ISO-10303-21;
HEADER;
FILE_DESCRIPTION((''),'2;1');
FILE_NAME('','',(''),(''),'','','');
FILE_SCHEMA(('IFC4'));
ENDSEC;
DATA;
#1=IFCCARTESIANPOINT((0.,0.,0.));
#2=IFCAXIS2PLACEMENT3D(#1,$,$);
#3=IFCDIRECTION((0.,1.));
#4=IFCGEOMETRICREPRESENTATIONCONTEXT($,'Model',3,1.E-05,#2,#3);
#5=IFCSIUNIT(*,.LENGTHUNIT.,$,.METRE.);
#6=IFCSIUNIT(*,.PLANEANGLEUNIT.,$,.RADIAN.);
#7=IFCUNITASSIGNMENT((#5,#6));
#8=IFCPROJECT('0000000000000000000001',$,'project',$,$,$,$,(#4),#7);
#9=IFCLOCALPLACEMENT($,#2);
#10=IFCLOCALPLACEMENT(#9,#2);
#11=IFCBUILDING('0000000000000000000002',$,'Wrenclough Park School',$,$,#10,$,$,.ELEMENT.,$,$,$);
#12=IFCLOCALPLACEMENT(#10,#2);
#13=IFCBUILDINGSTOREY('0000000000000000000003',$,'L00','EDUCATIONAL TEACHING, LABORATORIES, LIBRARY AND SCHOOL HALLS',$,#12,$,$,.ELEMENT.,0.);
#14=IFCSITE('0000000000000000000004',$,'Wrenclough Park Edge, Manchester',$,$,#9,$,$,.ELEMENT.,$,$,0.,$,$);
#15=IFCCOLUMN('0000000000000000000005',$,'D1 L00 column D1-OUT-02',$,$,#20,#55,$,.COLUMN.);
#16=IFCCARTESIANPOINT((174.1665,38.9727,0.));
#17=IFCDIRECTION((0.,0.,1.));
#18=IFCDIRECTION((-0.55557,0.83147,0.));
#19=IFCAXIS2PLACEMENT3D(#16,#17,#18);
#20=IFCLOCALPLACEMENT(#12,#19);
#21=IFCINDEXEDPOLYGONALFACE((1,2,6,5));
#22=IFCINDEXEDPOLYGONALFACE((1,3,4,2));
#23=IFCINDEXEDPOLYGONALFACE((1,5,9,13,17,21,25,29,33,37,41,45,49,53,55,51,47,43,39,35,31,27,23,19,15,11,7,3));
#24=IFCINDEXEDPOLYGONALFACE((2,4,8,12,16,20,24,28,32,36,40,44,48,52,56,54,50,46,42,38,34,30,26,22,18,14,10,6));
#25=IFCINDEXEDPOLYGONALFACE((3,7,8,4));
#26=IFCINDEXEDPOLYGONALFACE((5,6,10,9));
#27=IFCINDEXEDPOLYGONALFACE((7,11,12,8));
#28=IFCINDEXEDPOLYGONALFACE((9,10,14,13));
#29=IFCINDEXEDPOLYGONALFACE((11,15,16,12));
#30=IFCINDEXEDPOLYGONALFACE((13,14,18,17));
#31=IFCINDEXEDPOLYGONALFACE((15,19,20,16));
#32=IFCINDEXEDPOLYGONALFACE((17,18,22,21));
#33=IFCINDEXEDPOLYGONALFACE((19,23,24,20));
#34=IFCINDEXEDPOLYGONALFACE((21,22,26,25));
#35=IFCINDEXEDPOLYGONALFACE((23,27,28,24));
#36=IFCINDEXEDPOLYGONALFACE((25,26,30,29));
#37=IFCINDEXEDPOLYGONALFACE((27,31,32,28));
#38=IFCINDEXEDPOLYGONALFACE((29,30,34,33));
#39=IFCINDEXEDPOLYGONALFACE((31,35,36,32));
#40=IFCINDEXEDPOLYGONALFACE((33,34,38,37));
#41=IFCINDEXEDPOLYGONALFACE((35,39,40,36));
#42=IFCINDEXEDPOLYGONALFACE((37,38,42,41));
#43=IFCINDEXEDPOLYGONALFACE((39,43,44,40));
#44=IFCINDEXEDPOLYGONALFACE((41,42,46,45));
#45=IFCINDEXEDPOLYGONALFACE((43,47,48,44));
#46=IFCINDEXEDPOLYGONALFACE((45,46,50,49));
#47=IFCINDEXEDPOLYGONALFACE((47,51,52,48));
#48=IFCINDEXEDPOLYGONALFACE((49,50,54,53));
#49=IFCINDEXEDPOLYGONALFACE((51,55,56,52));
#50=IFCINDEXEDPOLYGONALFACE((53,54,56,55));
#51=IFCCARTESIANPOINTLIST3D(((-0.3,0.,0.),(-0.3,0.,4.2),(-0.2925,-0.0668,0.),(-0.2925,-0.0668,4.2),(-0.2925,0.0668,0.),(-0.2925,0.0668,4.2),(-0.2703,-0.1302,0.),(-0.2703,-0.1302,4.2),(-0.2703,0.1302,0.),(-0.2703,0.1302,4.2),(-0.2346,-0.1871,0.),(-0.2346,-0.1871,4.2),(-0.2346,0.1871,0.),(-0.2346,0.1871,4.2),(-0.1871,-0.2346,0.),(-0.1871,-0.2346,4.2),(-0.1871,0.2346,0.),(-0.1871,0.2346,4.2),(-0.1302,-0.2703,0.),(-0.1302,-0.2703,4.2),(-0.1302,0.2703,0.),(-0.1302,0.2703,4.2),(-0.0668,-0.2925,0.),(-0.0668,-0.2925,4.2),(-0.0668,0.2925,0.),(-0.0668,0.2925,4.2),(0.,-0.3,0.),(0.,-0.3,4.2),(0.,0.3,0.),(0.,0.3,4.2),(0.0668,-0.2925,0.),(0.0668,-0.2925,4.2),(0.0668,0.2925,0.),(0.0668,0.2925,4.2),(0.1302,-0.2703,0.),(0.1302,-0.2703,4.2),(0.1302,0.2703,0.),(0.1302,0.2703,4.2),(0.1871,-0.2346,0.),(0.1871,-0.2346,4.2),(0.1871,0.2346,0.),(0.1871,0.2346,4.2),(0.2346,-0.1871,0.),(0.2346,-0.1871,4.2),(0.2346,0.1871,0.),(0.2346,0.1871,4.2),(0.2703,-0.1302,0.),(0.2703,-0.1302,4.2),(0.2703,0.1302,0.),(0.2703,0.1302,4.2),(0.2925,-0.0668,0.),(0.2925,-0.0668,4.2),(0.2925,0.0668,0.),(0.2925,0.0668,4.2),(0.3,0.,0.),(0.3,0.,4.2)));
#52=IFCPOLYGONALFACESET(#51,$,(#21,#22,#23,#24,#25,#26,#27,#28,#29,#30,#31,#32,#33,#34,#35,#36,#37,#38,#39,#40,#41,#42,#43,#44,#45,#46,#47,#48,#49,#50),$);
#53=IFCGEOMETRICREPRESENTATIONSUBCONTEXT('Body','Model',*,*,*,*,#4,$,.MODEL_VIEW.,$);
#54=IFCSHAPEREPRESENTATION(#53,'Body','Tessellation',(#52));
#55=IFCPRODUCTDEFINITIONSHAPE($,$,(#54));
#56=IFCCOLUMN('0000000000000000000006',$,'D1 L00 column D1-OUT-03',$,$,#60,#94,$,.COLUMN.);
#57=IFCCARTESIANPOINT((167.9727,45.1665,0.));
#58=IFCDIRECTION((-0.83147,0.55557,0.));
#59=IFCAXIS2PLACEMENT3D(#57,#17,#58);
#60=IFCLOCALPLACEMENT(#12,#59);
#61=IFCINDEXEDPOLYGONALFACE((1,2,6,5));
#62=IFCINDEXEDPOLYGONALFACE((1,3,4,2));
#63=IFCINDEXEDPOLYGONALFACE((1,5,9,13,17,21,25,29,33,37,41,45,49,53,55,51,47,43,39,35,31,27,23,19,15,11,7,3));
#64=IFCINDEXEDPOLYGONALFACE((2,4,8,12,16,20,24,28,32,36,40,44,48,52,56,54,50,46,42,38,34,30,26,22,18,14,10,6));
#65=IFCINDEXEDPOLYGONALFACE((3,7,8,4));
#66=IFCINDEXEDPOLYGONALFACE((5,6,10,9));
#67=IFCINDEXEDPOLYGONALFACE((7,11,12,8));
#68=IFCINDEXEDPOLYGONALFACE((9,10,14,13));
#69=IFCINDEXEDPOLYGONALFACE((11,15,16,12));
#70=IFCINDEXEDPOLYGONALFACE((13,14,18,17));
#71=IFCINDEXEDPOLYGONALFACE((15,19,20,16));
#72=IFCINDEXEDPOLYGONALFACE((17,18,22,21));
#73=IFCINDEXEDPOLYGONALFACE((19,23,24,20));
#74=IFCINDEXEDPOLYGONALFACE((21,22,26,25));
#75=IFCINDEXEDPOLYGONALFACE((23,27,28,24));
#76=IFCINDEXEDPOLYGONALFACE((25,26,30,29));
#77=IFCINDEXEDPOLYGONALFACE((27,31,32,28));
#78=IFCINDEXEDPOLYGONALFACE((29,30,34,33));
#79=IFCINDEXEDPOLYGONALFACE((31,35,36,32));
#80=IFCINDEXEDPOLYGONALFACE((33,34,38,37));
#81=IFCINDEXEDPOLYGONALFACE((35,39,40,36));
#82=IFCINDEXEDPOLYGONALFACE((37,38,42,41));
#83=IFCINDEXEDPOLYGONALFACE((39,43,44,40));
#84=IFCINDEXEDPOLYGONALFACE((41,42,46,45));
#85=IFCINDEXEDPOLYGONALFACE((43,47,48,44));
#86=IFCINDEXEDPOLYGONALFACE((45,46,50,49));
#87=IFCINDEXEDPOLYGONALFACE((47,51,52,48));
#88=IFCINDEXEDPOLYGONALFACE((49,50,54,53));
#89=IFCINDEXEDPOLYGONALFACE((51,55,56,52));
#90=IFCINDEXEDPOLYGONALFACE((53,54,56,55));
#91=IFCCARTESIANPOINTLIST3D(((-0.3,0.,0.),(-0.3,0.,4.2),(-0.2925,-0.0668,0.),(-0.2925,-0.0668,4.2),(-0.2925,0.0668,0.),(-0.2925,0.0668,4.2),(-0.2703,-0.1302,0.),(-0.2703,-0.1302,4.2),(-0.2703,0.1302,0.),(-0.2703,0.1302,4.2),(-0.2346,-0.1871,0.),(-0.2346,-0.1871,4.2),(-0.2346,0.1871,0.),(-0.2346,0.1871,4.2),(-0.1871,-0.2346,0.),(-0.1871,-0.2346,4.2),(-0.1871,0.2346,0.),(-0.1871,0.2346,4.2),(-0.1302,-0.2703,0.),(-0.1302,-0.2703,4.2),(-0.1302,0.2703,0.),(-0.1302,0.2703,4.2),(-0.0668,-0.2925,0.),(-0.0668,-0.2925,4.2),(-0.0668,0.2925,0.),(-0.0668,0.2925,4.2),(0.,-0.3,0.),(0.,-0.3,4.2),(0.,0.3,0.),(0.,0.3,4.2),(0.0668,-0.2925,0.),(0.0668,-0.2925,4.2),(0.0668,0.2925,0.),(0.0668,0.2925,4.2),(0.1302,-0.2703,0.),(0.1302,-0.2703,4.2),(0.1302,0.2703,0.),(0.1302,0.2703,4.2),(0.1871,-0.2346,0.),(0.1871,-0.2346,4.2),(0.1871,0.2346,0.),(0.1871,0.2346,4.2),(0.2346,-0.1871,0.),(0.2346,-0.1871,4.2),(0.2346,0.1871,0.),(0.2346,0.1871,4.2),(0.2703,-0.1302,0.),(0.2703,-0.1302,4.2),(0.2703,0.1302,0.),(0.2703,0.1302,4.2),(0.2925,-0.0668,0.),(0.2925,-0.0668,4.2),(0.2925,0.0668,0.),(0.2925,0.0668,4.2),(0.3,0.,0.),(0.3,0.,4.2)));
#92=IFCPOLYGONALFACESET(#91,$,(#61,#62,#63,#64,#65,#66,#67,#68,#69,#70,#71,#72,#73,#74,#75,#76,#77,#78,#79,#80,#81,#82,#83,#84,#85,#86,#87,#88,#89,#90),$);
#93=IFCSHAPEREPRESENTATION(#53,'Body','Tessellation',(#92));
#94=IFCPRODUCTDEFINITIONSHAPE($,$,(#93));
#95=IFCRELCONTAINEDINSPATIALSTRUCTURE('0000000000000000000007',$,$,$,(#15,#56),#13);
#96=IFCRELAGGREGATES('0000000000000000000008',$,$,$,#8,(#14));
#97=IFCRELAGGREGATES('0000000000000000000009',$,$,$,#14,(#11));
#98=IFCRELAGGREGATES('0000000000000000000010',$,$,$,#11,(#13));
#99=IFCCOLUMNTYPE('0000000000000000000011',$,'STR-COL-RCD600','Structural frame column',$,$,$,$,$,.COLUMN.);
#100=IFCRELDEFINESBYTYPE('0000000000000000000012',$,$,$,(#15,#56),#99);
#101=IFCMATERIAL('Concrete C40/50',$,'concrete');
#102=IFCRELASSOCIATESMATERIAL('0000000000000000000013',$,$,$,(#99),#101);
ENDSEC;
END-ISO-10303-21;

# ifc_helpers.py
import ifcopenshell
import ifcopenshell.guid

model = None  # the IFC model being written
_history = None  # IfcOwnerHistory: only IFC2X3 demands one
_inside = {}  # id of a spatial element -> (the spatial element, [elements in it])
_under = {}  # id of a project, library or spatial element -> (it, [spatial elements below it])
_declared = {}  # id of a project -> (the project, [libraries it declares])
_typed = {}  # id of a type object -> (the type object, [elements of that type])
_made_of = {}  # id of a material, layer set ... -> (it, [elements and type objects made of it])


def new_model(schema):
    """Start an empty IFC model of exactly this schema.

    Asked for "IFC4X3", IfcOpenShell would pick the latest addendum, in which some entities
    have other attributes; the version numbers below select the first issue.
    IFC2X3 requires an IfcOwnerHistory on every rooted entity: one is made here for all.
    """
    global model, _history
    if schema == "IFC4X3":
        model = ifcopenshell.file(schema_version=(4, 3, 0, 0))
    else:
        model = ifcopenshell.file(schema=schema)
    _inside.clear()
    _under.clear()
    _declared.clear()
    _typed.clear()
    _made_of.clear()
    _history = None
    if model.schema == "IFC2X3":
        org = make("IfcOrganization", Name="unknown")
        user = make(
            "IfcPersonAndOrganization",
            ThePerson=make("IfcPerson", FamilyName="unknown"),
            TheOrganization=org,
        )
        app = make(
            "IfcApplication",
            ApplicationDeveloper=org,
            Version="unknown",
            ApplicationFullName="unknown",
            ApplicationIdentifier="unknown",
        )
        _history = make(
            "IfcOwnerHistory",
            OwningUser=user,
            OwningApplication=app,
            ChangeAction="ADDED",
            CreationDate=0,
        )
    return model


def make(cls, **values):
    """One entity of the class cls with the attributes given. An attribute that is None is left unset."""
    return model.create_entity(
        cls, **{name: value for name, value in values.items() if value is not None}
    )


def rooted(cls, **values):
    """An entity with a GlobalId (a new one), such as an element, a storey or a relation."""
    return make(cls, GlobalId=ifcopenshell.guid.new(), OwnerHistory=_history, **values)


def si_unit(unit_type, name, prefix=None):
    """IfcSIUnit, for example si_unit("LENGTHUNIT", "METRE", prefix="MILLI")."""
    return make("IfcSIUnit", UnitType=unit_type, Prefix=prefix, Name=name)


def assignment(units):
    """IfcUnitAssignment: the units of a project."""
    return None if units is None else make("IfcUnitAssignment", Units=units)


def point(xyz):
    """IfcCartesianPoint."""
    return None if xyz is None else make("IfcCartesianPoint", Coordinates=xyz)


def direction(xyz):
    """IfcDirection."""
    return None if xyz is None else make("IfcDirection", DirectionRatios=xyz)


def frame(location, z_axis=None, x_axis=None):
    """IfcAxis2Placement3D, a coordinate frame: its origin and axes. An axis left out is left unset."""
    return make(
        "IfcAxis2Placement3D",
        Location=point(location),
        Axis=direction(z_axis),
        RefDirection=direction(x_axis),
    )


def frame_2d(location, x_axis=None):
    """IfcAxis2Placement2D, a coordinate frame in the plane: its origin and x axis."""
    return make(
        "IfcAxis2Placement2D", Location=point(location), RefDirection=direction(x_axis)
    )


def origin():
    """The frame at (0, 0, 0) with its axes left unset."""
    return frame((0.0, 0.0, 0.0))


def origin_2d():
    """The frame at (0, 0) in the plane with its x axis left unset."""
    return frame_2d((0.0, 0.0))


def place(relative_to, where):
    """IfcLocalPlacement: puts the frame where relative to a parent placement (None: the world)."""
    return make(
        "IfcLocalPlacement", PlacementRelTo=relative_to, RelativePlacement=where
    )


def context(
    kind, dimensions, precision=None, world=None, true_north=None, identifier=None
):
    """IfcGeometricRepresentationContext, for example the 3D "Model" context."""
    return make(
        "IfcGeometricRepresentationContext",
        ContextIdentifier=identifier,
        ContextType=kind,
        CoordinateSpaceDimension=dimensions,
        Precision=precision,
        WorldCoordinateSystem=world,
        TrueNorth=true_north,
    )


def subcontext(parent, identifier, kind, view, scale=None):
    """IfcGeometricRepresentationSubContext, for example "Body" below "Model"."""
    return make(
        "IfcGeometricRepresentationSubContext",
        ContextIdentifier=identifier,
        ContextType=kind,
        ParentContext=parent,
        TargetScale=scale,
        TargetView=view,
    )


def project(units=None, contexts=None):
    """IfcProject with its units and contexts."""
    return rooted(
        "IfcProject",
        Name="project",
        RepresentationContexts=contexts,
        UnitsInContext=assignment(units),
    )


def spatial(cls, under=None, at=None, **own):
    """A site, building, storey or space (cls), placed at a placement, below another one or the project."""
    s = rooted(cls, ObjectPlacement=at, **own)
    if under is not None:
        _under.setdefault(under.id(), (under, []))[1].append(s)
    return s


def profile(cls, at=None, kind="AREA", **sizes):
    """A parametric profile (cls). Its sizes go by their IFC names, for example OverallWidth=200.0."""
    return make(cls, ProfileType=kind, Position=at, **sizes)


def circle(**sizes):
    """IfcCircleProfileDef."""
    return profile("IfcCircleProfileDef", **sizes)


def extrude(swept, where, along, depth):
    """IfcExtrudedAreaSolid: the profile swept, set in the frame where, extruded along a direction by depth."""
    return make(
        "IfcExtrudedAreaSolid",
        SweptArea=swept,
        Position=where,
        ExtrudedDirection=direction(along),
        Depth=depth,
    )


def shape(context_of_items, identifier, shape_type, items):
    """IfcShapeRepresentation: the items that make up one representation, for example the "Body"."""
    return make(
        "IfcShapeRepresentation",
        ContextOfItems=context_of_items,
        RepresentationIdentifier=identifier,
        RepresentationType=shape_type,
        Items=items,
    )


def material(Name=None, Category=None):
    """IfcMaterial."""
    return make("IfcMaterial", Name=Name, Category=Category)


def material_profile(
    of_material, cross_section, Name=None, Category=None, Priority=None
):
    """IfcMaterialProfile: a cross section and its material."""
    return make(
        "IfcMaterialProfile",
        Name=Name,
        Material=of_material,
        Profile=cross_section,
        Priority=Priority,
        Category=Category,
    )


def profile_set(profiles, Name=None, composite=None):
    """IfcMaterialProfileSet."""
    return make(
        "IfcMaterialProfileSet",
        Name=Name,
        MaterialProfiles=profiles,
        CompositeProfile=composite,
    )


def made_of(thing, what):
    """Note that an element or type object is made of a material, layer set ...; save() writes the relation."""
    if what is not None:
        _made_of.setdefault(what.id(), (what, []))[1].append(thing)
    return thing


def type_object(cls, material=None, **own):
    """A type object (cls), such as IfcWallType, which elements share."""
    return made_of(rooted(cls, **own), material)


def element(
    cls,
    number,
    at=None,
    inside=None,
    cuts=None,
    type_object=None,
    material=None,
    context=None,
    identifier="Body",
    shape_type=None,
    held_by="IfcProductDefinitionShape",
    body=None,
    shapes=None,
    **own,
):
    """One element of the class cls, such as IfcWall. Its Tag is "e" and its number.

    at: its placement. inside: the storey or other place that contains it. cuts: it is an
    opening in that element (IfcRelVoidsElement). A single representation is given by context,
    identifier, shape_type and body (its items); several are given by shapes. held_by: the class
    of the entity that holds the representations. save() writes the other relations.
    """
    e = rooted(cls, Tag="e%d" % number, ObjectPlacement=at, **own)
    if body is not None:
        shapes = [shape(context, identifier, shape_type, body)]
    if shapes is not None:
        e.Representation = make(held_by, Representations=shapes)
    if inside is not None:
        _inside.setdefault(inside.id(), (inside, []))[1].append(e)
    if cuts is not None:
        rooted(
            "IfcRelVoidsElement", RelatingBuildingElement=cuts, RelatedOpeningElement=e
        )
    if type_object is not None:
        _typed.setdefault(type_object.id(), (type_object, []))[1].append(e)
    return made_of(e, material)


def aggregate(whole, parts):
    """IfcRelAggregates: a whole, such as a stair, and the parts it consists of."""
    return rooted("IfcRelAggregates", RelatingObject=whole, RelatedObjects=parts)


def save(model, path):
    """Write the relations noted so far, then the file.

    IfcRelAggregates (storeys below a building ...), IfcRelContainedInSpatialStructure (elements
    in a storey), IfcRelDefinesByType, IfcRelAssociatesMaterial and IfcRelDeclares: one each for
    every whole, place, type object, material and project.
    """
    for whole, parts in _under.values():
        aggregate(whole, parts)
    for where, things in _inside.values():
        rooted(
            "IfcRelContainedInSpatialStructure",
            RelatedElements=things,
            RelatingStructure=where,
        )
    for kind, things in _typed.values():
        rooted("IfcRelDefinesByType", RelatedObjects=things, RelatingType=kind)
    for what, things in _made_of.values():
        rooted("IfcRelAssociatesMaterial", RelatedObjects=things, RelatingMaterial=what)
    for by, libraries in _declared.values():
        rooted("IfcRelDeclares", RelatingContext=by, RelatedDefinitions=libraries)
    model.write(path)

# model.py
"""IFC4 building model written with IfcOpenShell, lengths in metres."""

from ifc_helpers import new_model, si_unit, direction, frame, origin, origin_2d, place, context, subcontext, project, spatial, circle, extrude, material, material_profile, profile_set, type_object, element, save


model = new_model("IFC4")

# Units and contexts
model_context = context("Model", 3, precision=1e-05, world=origin(), true_north=direction((0.0, 1.0)))
body_context = subcontext(model_context, "Body", "Model", "MODEL_VIEW")
ifc_project = project(units=[si_unit("LENGTHUNIT", "METRE"), si_unit("PLANEANGLEUNIT", "RADIAN")], contexts=[model_context])

# Site, building, storey
site_placement = place(None, origin())
site = spatial("IfcSite", under=ifc_project, at=site_placement, Name="Wrenclough Park Edge, Manchester", CompositionType="ELEMENT", RefElevation=0.0)
building_placement = place(site_placement, origin())
building = spatial("IfcBuilding", under=site, at=building_placement, Name="Wrenclough Park School", CompositionType="ELEMENT")
storey_placement = place(building_placement, origin())
storey = spatial("IfcBuildingStorey", under=building, at=storey_placement, Name="L00", Description="EDUCATIONAL TEACHING, LABORATORIES, LIBRARY AND SCHOOL HALLS", CompositionType="ELEMENT", Elevation=0.0)

# Columns
ifc_material_1 = material(Name="Concrete C40/50", Category="concrete")
ifc_material_profile_1 = material_profile(ifc_material_1, circle(Radius=0.3, at=origin_2d()), Name="RC COL D600")
ifc_profile_set_1 = profile_set([ifc_material_profile_1], Name="Concrete C40/50")
column_type_1 = type_object("IfcColumnType", Name="STR-COL-RCD600", Description="Structural frame column", PredefinedType="COLUMN", material=ifc_profile_set_1)
for number, where, z_axis, x_axis, name in (
    (1, (174.1665, 38.9727, 0.0), (0.0, 0.0, 1.0), (-0.55557, 0.83147, 0.0), "D1 L00 column D1-OUT-02"),
    (2, (167.9727, 45.1665, 0.0), (0.0, 0.0, 1.0), (-0.83147, 0.55557, 0.0), "D1 L00 column D1-OUT-03"),
):
    element("IfcColumn", number, at=place(storey_placement, frame(where, z_axis=z_axis, x_axis=x_axis)), inside=storey, type_object=column_type_1, Name=name, PredefinedType="COLUMN", context=body_context, shape_type="SweptSolid", body=[
        extrude(circle(Radius=0.3, at=origin_2d()), origin(), (0.0, 0.0, 1.0), 4.2),
    ])

save(model, "model.ifc")
